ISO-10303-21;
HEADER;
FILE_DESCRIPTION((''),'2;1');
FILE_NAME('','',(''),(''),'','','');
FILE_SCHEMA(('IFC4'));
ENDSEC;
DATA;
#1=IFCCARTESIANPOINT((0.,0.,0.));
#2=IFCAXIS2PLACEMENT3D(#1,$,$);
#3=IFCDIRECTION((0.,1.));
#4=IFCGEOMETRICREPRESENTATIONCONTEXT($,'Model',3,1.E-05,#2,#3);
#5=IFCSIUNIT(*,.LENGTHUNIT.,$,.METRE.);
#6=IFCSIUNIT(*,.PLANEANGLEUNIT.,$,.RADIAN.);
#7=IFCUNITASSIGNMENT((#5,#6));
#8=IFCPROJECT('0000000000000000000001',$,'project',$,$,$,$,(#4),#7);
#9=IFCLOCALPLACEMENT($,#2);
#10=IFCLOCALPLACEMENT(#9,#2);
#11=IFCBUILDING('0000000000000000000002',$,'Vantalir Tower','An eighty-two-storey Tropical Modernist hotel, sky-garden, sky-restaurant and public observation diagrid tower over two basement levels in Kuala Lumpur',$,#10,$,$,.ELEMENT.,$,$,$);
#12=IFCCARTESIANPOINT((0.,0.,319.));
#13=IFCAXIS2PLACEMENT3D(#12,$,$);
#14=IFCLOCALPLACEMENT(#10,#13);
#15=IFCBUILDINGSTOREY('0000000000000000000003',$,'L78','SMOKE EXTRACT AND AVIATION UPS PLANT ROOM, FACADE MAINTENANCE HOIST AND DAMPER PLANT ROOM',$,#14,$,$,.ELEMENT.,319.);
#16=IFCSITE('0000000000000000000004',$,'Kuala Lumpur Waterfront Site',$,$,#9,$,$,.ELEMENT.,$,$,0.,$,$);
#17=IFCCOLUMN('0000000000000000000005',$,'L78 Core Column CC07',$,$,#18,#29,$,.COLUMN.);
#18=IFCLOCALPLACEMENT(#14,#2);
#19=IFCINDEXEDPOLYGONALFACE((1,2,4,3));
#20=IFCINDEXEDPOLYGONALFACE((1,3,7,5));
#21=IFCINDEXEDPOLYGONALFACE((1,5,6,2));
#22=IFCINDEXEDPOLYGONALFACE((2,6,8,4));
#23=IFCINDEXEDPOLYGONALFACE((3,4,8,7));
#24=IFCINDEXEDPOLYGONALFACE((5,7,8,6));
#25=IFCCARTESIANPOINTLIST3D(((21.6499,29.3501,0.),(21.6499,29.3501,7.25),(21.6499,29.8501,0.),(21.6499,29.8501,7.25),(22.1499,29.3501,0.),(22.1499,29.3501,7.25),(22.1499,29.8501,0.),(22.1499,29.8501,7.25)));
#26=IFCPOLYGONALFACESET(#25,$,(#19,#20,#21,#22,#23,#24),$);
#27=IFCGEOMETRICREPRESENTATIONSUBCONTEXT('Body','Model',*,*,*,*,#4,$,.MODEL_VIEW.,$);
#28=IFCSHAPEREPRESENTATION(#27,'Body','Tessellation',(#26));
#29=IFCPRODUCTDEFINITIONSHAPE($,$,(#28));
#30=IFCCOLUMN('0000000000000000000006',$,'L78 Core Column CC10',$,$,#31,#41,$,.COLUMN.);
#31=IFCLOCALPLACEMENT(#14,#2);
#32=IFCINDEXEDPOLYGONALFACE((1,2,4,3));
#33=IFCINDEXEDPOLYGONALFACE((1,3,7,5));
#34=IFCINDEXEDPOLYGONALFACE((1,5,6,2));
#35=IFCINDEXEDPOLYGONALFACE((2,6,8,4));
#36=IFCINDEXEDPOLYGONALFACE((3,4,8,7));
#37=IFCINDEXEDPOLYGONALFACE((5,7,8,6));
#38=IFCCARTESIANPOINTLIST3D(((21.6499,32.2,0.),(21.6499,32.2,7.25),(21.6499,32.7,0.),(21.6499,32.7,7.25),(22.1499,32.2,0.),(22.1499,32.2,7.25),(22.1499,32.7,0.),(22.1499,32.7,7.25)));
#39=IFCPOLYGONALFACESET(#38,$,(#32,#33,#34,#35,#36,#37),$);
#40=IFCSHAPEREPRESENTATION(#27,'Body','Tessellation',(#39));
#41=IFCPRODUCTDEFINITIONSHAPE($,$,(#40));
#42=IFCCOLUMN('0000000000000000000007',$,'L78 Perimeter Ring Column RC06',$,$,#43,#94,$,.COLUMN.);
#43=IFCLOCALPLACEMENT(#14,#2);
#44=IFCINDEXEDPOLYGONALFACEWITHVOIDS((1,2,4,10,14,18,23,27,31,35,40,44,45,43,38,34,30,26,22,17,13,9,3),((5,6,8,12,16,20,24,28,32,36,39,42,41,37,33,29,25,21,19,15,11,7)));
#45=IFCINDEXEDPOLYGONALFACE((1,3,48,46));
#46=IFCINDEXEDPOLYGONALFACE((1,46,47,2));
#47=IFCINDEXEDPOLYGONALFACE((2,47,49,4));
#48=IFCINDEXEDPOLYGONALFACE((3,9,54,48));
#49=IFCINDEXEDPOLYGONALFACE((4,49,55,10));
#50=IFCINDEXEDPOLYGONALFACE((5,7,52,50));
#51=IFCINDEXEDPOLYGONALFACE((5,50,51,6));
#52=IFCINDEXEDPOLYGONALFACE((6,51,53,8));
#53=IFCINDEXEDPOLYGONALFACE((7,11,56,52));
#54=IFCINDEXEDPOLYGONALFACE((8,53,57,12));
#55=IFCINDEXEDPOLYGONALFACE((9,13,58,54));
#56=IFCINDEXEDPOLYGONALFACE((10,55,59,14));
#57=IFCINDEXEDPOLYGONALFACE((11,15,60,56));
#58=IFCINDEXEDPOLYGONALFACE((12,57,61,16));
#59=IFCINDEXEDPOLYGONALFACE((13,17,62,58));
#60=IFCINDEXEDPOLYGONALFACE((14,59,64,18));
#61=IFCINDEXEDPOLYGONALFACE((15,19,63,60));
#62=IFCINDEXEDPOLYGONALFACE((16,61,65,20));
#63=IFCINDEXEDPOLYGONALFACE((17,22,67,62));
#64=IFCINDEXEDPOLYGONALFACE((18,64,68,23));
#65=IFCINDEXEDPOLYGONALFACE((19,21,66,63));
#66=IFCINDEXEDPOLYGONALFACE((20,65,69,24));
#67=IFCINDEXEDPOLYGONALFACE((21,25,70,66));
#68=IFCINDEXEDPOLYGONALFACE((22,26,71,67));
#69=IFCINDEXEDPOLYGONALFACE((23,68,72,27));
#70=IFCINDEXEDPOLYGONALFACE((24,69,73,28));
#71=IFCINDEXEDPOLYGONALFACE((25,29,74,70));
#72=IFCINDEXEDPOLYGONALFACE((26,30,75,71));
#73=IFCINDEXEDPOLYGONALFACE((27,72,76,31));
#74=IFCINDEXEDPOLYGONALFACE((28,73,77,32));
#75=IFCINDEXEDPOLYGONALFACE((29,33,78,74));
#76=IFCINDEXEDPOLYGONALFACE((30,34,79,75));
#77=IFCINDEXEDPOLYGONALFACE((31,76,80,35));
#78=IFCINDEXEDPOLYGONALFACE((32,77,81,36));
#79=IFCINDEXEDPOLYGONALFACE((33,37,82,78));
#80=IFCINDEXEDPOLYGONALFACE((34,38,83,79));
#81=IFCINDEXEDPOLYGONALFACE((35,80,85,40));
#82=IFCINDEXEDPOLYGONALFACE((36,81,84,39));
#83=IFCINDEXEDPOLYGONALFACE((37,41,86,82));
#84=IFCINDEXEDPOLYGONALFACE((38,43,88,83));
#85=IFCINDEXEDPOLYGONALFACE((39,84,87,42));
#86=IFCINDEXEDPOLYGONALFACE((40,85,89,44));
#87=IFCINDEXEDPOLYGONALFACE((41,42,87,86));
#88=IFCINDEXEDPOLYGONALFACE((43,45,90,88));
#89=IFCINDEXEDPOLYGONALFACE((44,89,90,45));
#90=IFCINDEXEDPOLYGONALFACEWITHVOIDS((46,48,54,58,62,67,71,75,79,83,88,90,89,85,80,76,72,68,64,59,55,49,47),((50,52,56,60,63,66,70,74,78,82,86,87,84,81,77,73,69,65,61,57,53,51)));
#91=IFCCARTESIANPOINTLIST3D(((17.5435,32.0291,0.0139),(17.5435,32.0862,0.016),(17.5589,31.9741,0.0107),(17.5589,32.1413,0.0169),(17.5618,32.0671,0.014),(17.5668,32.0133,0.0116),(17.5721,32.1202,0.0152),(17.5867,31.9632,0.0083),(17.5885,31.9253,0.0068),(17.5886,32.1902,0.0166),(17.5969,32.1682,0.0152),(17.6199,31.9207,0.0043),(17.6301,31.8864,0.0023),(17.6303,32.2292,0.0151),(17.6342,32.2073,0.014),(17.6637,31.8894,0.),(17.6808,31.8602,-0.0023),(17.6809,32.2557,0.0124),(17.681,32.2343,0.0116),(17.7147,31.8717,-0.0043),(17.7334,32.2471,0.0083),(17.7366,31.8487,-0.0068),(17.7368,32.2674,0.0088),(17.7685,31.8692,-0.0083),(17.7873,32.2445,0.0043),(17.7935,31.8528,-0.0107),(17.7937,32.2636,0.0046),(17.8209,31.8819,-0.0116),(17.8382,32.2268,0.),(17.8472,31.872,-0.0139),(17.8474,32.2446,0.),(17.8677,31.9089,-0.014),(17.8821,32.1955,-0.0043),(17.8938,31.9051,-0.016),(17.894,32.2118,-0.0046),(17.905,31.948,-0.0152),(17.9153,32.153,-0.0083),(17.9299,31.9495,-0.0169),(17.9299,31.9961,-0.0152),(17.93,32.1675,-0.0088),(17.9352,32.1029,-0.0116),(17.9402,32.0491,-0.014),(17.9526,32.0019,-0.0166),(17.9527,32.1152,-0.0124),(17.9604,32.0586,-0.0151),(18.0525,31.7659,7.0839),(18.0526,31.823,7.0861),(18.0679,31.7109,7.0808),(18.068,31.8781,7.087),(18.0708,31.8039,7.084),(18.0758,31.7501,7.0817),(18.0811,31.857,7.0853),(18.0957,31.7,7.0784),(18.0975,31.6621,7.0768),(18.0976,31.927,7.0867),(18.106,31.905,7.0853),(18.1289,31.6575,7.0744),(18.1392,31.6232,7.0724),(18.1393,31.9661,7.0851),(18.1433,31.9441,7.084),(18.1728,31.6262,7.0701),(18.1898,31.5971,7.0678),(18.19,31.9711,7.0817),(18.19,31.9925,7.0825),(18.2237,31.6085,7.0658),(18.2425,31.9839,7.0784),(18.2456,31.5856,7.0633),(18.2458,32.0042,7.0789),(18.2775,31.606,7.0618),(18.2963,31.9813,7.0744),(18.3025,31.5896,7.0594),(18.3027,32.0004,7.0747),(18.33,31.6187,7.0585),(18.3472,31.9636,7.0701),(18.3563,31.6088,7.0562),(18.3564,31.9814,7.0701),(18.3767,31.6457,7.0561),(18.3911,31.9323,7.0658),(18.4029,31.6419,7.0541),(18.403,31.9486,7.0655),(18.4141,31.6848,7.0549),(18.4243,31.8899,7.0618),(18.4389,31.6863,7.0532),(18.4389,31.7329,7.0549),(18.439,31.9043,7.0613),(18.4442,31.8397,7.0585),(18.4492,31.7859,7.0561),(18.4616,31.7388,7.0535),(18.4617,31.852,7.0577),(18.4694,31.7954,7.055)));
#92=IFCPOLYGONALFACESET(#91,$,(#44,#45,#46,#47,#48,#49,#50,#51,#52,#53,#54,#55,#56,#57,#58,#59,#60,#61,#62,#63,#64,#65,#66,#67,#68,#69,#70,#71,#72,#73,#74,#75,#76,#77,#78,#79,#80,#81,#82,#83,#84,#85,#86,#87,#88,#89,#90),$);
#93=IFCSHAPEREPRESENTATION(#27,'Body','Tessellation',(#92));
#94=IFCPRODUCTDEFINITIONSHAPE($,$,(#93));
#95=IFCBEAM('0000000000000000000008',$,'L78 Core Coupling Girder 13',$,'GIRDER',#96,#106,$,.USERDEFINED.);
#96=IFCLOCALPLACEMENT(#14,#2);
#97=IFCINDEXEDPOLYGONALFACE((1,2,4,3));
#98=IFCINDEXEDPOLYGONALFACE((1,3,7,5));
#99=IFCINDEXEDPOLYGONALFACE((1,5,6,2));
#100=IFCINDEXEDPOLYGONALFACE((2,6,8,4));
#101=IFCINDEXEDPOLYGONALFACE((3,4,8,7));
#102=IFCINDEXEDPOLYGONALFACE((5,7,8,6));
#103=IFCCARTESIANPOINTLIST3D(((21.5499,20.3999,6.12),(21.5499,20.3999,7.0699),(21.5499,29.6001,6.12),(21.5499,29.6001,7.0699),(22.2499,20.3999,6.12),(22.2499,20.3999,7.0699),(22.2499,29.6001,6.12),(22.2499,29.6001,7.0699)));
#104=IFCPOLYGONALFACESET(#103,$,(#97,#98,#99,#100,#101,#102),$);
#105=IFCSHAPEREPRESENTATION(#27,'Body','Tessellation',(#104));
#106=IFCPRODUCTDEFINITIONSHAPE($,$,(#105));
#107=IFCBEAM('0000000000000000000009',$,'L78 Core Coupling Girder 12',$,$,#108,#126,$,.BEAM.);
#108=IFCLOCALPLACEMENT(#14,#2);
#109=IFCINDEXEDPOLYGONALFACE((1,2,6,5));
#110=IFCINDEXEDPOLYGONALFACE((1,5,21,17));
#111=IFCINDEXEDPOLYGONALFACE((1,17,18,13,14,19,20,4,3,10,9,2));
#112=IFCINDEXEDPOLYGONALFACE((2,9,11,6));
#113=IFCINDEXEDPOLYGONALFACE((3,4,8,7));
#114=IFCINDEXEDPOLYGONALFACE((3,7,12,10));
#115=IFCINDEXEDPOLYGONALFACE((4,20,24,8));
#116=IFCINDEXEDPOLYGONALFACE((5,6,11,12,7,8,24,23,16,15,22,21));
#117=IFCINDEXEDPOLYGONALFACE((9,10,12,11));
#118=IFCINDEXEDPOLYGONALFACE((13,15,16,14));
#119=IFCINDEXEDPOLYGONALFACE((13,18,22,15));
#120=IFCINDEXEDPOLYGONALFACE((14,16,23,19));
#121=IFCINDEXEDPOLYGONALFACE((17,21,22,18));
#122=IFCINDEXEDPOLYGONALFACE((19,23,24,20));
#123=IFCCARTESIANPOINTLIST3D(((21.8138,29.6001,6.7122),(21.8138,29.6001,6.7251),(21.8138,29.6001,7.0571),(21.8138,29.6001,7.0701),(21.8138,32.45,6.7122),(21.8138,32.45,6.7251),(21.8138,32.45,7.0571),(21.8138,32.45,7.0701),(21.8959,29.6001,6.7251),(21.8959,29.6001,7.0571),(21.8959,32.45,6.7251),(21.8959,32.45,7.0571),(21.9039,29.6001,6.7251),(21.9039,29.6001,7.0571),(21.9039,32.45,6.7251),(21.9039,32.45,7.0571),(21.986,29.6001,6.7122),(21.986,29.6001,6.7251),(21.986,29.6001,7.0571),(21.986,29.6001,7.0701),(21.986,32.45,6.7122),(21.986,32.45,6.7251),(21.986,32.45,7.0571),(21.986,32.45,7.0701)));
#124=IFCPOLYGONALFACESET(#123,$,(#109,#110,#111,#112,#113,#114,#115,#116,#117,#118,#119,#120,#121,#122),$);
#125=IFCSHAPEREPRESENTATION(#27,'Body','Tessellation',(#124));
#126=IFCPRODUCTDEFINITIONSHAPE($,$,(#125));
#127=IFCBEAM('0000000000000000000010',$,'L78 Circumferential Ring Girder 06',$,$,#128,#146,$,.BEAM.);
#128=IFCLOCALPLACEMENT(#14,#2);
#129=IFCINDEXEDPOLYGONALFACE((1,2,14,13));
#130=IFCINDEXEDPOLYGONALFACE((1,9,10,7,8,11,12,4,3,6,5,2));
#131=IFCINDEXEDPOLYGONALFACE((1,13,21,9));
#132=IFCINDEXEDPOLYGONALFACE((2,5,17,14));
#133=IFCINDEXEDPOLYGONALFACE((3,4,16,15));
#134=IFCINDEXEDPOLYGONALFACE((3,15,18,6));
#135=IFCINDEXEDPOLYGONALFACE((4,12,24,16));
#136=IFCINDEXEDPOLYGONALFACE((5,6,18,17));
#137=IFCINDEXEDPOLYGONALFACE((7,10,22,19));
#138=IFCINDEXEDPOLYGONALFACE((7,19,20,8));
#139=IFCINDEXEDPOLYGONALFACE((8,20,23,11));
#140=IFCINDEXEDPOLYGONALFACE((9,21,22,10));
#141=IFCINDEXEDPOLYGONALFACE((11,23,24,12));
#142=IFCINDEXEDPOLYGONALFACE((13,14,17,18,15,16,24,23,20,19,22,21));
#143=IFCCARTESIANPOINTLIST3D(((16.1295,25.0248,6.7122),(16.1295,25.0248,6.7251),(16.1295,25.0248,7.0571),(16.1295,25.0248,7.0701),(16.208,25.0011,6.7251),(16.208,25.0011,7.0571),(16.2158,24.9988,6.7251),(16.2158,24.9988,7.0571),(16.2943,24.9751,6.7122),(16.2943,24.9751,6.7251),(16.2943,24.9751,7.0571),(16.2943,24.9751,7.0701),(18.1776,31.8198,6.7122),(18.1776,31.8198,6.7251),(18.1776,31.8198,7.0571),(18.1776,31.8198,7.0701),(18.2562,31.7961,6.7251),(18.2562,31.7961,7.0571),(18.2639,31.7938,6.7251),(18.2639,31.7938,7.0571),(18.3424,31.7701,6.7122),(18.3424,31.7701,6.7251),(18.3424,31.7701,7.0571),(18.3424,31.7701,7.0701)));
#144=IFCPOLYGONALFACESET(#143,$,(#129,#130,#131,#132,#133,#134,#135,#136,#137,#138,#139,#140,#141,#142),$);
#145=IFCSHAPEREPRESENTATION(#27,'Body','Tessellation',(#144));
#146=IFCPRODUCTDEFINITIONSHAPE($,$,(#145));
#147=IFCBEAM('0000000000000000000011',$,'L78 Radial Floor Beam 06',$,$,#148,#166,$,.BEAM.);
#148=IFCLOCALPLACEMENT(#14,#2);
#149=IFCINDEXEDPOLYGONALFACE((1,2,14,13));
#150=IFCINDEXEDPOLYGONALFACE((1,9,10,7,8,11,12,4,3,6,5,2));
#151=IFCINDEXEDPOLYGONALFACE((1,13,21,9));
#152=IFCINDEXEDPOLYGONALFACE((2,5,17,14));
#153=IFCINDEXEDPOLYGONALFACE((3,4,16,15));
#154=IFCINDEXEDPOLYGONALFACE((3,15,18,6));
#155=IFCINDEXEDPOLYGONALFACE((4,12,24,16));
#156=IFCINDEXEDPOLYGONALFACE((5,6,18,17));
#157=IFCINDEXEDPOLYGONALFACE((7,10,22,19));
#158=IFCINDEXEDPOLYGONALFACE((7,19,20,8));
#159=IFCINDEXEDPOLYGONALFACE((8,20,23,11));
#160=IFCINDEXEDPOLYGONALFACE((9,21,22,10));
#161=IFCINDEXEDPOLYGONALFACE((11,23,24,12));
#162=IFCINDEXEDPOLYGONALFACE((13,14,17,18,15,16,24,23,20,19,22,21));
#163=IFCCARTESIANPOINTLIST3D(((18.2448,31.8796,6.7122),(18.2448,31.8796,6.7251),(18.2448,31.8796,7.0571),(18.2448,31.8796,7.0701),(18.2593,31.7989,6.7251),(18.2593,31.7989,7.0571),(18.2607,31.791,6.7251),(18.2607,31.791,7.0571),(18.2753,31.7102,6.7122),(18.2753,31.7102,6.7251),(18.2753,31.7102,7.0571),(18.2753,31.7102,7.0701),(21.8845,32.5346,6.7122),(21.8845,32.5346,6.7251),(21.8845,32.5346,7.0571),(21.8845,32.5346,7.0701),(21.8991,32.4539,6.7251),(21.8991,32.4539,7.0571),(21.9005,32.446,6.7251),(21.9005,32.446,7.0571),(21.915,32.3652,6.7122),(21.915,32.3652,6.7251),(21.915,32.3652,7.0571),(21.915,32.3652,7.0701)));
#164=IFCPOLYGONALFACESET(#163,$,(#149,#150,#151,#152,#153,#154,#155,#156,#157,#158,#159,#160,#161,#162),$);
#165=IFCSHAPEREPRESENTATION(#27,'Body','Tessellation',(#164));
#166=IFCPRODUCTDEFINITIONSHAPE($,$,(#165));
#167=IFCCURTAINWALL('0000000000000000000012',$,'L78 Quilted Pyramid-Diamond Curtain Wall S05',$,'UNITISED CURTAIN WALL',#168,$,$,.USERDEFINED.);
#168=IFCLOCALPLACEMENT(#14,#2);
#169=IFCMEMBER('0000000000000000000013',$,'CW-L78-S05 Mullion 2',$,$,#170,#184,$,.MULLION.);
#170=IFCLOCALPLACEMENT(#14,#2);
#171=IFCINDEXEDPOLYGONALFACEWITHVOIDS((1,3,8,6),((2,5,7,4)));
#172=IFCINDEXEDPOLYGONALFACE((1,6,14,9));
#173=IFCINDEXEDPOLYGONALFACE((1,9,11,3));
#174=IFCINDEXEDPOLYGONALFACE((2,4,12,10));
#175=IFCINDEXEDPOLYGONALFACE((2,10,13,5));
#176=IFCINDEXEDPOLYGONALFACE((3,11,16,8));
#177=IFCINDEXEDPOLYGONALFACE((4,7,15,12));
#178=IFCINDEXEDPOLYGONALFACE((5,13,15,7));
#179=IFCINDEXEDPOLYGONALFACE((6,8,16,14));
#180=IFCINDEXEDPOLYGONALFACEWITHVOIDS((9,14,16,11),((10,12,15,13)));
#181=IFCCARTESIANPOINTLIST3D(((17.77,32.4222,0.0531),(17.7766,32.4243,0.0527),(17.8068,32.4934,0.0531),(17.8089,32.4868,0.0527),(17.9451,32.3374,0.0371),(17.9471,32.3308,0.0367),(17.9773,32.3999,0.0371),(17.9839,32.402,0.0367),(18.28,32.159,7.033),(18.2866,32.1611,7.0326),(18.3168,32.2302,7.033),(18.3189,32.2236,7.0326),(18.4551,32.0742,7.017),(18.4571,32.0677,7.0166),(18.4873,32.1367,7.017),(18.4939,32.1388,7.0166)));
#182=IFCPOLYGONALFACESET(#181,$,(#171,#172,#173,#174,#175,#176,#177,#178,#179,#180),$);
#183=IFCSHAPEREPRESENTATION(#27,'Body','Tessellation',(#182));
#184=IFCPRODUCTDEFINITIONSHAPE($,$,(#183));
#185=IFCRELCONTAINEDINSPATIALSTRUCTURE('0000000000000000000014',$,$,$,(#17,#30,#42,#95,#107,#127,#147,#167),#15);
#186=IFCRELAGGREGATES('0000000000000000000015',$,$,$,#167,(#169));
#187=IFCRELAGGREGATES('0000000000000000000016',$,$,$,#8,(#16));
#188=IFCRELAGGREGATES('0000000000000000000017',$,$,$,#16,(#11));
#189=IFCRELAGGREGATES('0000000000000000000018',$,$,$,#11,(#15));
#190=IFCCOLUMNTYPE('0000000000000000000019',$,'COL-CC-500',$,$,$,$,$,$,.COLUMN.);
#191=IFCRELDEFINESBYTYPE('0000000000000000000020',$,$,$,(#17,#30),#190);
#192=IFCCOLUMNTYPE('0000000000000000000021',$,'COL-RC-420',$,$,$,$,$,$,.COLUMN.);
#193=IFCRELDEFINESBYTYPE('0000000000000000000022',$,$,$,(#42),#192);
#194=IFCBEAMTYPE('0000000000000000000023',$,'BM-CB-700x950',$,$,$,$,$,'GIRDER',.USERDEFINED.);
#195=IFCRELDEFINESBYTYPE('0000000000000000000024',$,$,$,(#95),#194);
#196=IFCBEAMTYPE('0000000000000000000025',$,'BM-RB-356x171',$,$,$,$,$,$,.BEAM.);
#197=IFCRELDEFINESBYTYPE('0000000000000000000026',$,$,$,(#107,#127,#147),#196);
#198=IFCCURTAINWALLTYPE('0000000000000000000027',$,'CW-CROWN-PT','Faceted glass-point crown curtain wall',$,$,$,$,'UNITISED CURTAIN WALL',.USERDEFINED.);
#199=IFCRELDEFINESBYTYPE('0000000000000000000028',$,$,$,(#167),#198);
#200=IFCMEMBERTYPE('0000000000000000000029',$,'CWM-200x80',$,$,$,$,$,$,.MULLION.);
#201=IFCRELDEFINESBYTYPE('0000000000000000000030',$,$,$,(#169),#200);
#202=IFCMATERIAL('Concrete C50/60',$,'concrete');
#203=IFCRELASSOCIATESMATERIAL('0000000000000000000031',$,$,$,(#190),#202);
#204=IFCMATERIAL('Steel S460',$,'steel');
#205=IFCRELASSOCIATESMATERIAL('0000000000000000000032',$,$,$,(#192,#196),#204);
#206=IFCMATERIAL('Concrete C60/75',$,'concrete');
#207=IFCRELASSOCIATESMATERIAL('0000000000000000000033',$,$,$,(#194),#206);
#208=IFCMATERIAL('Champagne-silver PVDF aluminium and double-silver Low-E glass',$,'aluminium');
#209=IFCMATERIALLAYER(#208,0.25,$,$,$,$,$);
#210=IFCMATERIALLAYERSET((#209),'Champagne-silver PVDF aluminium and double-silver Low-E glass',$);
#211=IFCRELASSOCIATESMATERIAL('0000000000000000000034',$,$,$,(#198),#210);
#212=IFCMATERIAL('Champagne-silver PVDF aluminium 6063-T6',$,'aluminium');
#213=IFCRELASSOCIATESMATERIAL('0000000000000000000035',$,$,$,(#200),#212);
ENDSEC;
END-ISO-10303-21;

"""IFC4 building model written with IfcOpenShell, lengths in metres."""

from ifc_helpers import new_model, si_unit, direction, frame, origin, origin_2d, place, context, subcontext, project, spatial, rectangle, hollow_rectangle, hollow_circle, i_section, extrude, material, layer, layer_set, material_profile, profile_set, type_object, element, aggregate, save


model = new_model("IFC4")

# Units and contexts
model_context = context("Model", 3, precision=1e-05, world=origin(), true_north=direction((0.0, 1.0)))
body_context = subcontext(model_context, "Body", "Model", "MODEL_VIEW")
ifc_project = project(units=[si_unit("LENGTHUNIT", "METRE"), si_unit("PLANEANGLEUNIT", "RADIAN")], contexts=[model_context])

# Site, building, storey
site_placement = place(None, origin())
site = spatial("IfcSite", under=ifc_project, at=site_placement, Name="Kuala Lumpur Waterfront Site", CompositionType="ELEMENT", RefElevation=0.0)
building_placement = place(site_placement, origin())
building = spatial("IfcBuilding", under=site, at=building_placement, Name="Vantalir Tower", Description="An eighty-two-storey Tropical Modernist hotel, sky-garden, sky-restaurant and public observation diagrid tower over two basement levels in Kuala Lumpur", CompositionType="ELEMENT")
storey_placement = place(building_placement, frame((0.0, 0.0, 319.0)))
storey = spatial("IfcBuildingStorey", under=building, at=storey_placement, Name="L78", Description="SMOKE EXTRACT AND AVIATION UPS PLANT ROOM, FACADE MAINTENANCE HOIST AND DAMPER PLANT ROOM", CompositionType="ELEMENT", Elevation=319.0)

# Columns
ifc_material_1 = material(Name="Concrete C50/60", Category="concrete")
ifc_material_profile_1 = material_profile(ifc_material_1, rectangle(XDim=0.5, YDim=0.5, at=origin_2d()), Name="Concrete C50/60")
ifc_profile_set_1 = profile_set([ifc_material_profile_1], Name="Concrete C50/60")
column_type_1 = type_object("IfcColumnType", Name="COL-CC-500", PredefinedType="COLUMN", material=ifc_profile_set_1)
for number, where, z_axis, x_axis, name in (
    (1, (21.8999, 29.6001, 0.0), (0.0, 0.0, 1.0), (1.0, 0.0, 0.0), "L78 Core Column CC07"),
    (2, (21.8999, 32.45, 0.0), (0.0, 0.0, 1.0), (1.0, 0.0, 0.0), "L78 Core Column CC10"),
):
    element("IfcColumn", number, at=place(storey_placement, frame(where, z_axis=z_axis, x_axis=x_axis)), inside=storey, type_object=column_type_1, Name=name, PredefinedType="COLUMN", context=body_context, shape_type="SweptSolid", body=[
        extrude(rectangle(XDim=0.5, YDim=0.5, at=origin_2d()), origin(), (0.0, 0.0, 1.0), 7.25),
    ])
ifc_material_2 = material(Name="Steel S460", Category="steel")
ifc_material_profile_2 = material_profile(ifc_material_2, hollow_circle(Radius=0.21, WallThickness=0.02, at=origin_2d()), Name="Steel S460")
ifc_profile_set_2 = profile_set([ifc_material_profile_2], Name="Steel S460")
column_type_2 = type_object("IfcColumnType", Name="COL-RC-420", PredefinedType="COLUMN", material=ifc_profile_set_2)
column_placement = place(storey_placement, frame((17.751, 32.0581, 0.0), z_axis=(0.071763, -0.037103, 0.996731), x_axis=(0.459272, 0.888296, 0.0)))
element("IfcColumn", 3, at=column_placement, inside=storey, type_object=column_type_2, Name="L78 Perimeter Ring Column RC06", PredefinedType="COLUMN", context=body_context, shape_type="SweptSolid", body=[
    extrude(hollow_circle(Radius=0.21, WallThickness=0.02, at=origin_2d()), origin(), (0.0, 0.0, 1.0), 7.0933),
])

# Beams
ifc_material_3 = material(Name="Concrete C60/75", Category="concrete")
ifc_material_profile_3 = material_profile(ifc_material_3, rectangle(XDim=0.7, YDim=0.95, at=origin_2d()), Name="Concrete C60/75")
ifc_profile_set_3 = profile_set([ifc_material_profile_3], Name="Concrete C60/75")
beam_type_1 = type_object("IfcBeamType", Name="BM-CB-700x950", ElementType="GIRDER", PredefinedType="USERDEFINED", material=ifc_profile_set_3)
beam_1_placement = place(storey_placement, frame((21.8999, 29.6001, 6.595), z_axis=(0.0, -1.0, 0.0), x_axis=(1.0, 0.0, 0.0)))
element("IfcBeam", 4, at=beam_1_placement, inside=storey, type_object=beam_type_1, Name="L78 Core Coupling Girder 13", ObjectType="GIRDER", PredefinedType="USERDEFINED", context=body_context, shape_type="SweptSolid", body=[
    extrude(rectangle(XDim=0.7, YDim=0.95, at=origin_2d()), origin(), (0.0, 0.0, 1.0), 9.2002),
])
ifc_material_profile_4 = material_profile(ifc_material_2, i_section(OverallWidth=0.1721, OverallDepth=0.3579, WebThickness=0.0081, FlangeThickness=0.0129, at=origin_2d()), Name="Steel S460")
ifc_profile_set_4 = profile_set([ifc_material_profile_4], Name="Steel S460")
beam_type_2 = type_object("IfcBeamType", Name="BM-RB-356x171", PredefinedType="BEAM", material=ifc_profile_set_4)
beam_2_placement = place(storey_placement, frame((21.8999, 32.45, 6.8911), z_axis=(0.0, -1.0, 0.0), x_axis=(1.0, 0.0, 0.0)))
element("IfcBeam", 5, at=beam_2_placement, inside=storey, type_object=beam_type_2, Name="L78 Core Coupling Girder 12", PredefinedType="BEAM", context=body_context, shape_type="SweptSolid", body=[
    extrude(i_section(OverallWidth=0.1721, OverallDepth=0.3579, WebThickness=0.0081, FlangeThickness=0.0129, at=origin_2d()), origin(), (0.0, 0.0, 1.0), 2.8499),
])
beam_3_placement = place(storey_placement, frame((18.26, 31.7949, 6.8911), z_axis=(-0.288591, -0.957452, 0.0), x_axis=(0.957452, -0.288591, 0.0)))
element("IfcBeam", 6, at=beam_3_placement, inside=storey, type_object=beam_type_2, Name="L78 Circumferential Ring Girder 06", PredefinedType="BEAM", context=body_context, shape_type="SweptSolid", body=[
    extrude(i_section(OverallWidth=0.1721, OverallDepth=0.3579, WebThickness=0.0081, FlangeThickness=0.0129, at=origin_2d()), origin(), (0.0, 0.0, 1.0), 7.0969),
])
beam_4_placement = place(storey_placement, frame((18.26, 31.7949, 6.8911), z_axis=(0.98419, 0.177113, 0.0), x_axis=(-0.177113, 0.98419, 0.0)))
element("IfcBeam", 7, at=beam_4_placement, inside=storey, type_object=beam_type_2, Name="L78 Radial Floor Beam 06", PredefinedType="BEAM", context=body_context, shape_type="SweptSolid", body=[
    extrude(i_section(OverallWidth=0.1721, OverallDepth=0.3579, WebThickness=0.0081, FlangeThickness=0.0129, at=origin_2d()), origin(), (0.0, 0.0, 1.0), 3.6982),
])

# Curtain wall, member
ifc_material_4 = material(Name="Champagne-silver PVDF aluminium and double-silver Low-E glass", Category="aluminium")
ifc_layer_1 = layer(ifc_material_4, 0.25)
ifc_layer_set_1 = layer_set([ifc_layer_1], Name="Champagne-silver PVDF aluminium and double-silver Low-E glass")
curtain_wall_type = type_object("IfcCurtainWallType", Name="CW-CROWN-PT", Description="Faceted glass-point crown curtain wall", ElementType="UNITISED CURTAIN WALL", PredefinedType="USERDEFINED", material=ifc_layer_set_1)
curtain_wall_1_placement = place(storey_placement, origin())
curtain_wall_1 = element("IfcCurtainWall", 8, at=curtain_wall_1_placement, inside=storey, type_object=curtain_wall_type, Name="L78 Quilted Pyramid-Diamond Curtain Wall S05", ObjectType="UNITISED CURTAIN WALL", PredefinedType="USERDEFINED")
ifc_material_5 = material(Name="Champagne-silver PVDF aluminium 6063-T6", Category="aluminium")
ifc_material_profile_5 = material_profile(ifc_material_5, hollow_rectangle(XDim=0.0801, YDim=0.2, WallThickness=0.0049, at=origin_2d()), Name="Champagne-silver PVDF aluminium 6063-T6")
ifc_profile_set_5 = profile_set([ifc_material_profile_5], Name="Champagne-silver PVDF aluminium 6063-T6")
member_type_1 = type_object("IfcMemberType", Name="CWM-200x80", PredefinedType="MULLION", material=ifc_profile_set_5)
member_1_placement = place(storey_placement, frame((17.877, 32.4121, 0.0449), z_axis=(0.072822, -0.037579, 0.996637), x_axis=(0.458578, 0.888654, 0.0)))
member_1 = element("IfcMember", 9, at=member_1_placement, type_object=member_type_1, Name="CW-L78-S05 Mullion 2", PredefinedType="MULLION", context=body_context, shape_type="SweptSolid", body=[
    extrude(hollow_rectangle(XDim=0.0801, YDim=0.2, WallThickness=0.0049, at=origin_2d()), origin(), (0.0, 0.0, 1.0), 7.0034),
])

aggregate(curtain_wall_1, [member_1])

save(model, "model.ifc")
